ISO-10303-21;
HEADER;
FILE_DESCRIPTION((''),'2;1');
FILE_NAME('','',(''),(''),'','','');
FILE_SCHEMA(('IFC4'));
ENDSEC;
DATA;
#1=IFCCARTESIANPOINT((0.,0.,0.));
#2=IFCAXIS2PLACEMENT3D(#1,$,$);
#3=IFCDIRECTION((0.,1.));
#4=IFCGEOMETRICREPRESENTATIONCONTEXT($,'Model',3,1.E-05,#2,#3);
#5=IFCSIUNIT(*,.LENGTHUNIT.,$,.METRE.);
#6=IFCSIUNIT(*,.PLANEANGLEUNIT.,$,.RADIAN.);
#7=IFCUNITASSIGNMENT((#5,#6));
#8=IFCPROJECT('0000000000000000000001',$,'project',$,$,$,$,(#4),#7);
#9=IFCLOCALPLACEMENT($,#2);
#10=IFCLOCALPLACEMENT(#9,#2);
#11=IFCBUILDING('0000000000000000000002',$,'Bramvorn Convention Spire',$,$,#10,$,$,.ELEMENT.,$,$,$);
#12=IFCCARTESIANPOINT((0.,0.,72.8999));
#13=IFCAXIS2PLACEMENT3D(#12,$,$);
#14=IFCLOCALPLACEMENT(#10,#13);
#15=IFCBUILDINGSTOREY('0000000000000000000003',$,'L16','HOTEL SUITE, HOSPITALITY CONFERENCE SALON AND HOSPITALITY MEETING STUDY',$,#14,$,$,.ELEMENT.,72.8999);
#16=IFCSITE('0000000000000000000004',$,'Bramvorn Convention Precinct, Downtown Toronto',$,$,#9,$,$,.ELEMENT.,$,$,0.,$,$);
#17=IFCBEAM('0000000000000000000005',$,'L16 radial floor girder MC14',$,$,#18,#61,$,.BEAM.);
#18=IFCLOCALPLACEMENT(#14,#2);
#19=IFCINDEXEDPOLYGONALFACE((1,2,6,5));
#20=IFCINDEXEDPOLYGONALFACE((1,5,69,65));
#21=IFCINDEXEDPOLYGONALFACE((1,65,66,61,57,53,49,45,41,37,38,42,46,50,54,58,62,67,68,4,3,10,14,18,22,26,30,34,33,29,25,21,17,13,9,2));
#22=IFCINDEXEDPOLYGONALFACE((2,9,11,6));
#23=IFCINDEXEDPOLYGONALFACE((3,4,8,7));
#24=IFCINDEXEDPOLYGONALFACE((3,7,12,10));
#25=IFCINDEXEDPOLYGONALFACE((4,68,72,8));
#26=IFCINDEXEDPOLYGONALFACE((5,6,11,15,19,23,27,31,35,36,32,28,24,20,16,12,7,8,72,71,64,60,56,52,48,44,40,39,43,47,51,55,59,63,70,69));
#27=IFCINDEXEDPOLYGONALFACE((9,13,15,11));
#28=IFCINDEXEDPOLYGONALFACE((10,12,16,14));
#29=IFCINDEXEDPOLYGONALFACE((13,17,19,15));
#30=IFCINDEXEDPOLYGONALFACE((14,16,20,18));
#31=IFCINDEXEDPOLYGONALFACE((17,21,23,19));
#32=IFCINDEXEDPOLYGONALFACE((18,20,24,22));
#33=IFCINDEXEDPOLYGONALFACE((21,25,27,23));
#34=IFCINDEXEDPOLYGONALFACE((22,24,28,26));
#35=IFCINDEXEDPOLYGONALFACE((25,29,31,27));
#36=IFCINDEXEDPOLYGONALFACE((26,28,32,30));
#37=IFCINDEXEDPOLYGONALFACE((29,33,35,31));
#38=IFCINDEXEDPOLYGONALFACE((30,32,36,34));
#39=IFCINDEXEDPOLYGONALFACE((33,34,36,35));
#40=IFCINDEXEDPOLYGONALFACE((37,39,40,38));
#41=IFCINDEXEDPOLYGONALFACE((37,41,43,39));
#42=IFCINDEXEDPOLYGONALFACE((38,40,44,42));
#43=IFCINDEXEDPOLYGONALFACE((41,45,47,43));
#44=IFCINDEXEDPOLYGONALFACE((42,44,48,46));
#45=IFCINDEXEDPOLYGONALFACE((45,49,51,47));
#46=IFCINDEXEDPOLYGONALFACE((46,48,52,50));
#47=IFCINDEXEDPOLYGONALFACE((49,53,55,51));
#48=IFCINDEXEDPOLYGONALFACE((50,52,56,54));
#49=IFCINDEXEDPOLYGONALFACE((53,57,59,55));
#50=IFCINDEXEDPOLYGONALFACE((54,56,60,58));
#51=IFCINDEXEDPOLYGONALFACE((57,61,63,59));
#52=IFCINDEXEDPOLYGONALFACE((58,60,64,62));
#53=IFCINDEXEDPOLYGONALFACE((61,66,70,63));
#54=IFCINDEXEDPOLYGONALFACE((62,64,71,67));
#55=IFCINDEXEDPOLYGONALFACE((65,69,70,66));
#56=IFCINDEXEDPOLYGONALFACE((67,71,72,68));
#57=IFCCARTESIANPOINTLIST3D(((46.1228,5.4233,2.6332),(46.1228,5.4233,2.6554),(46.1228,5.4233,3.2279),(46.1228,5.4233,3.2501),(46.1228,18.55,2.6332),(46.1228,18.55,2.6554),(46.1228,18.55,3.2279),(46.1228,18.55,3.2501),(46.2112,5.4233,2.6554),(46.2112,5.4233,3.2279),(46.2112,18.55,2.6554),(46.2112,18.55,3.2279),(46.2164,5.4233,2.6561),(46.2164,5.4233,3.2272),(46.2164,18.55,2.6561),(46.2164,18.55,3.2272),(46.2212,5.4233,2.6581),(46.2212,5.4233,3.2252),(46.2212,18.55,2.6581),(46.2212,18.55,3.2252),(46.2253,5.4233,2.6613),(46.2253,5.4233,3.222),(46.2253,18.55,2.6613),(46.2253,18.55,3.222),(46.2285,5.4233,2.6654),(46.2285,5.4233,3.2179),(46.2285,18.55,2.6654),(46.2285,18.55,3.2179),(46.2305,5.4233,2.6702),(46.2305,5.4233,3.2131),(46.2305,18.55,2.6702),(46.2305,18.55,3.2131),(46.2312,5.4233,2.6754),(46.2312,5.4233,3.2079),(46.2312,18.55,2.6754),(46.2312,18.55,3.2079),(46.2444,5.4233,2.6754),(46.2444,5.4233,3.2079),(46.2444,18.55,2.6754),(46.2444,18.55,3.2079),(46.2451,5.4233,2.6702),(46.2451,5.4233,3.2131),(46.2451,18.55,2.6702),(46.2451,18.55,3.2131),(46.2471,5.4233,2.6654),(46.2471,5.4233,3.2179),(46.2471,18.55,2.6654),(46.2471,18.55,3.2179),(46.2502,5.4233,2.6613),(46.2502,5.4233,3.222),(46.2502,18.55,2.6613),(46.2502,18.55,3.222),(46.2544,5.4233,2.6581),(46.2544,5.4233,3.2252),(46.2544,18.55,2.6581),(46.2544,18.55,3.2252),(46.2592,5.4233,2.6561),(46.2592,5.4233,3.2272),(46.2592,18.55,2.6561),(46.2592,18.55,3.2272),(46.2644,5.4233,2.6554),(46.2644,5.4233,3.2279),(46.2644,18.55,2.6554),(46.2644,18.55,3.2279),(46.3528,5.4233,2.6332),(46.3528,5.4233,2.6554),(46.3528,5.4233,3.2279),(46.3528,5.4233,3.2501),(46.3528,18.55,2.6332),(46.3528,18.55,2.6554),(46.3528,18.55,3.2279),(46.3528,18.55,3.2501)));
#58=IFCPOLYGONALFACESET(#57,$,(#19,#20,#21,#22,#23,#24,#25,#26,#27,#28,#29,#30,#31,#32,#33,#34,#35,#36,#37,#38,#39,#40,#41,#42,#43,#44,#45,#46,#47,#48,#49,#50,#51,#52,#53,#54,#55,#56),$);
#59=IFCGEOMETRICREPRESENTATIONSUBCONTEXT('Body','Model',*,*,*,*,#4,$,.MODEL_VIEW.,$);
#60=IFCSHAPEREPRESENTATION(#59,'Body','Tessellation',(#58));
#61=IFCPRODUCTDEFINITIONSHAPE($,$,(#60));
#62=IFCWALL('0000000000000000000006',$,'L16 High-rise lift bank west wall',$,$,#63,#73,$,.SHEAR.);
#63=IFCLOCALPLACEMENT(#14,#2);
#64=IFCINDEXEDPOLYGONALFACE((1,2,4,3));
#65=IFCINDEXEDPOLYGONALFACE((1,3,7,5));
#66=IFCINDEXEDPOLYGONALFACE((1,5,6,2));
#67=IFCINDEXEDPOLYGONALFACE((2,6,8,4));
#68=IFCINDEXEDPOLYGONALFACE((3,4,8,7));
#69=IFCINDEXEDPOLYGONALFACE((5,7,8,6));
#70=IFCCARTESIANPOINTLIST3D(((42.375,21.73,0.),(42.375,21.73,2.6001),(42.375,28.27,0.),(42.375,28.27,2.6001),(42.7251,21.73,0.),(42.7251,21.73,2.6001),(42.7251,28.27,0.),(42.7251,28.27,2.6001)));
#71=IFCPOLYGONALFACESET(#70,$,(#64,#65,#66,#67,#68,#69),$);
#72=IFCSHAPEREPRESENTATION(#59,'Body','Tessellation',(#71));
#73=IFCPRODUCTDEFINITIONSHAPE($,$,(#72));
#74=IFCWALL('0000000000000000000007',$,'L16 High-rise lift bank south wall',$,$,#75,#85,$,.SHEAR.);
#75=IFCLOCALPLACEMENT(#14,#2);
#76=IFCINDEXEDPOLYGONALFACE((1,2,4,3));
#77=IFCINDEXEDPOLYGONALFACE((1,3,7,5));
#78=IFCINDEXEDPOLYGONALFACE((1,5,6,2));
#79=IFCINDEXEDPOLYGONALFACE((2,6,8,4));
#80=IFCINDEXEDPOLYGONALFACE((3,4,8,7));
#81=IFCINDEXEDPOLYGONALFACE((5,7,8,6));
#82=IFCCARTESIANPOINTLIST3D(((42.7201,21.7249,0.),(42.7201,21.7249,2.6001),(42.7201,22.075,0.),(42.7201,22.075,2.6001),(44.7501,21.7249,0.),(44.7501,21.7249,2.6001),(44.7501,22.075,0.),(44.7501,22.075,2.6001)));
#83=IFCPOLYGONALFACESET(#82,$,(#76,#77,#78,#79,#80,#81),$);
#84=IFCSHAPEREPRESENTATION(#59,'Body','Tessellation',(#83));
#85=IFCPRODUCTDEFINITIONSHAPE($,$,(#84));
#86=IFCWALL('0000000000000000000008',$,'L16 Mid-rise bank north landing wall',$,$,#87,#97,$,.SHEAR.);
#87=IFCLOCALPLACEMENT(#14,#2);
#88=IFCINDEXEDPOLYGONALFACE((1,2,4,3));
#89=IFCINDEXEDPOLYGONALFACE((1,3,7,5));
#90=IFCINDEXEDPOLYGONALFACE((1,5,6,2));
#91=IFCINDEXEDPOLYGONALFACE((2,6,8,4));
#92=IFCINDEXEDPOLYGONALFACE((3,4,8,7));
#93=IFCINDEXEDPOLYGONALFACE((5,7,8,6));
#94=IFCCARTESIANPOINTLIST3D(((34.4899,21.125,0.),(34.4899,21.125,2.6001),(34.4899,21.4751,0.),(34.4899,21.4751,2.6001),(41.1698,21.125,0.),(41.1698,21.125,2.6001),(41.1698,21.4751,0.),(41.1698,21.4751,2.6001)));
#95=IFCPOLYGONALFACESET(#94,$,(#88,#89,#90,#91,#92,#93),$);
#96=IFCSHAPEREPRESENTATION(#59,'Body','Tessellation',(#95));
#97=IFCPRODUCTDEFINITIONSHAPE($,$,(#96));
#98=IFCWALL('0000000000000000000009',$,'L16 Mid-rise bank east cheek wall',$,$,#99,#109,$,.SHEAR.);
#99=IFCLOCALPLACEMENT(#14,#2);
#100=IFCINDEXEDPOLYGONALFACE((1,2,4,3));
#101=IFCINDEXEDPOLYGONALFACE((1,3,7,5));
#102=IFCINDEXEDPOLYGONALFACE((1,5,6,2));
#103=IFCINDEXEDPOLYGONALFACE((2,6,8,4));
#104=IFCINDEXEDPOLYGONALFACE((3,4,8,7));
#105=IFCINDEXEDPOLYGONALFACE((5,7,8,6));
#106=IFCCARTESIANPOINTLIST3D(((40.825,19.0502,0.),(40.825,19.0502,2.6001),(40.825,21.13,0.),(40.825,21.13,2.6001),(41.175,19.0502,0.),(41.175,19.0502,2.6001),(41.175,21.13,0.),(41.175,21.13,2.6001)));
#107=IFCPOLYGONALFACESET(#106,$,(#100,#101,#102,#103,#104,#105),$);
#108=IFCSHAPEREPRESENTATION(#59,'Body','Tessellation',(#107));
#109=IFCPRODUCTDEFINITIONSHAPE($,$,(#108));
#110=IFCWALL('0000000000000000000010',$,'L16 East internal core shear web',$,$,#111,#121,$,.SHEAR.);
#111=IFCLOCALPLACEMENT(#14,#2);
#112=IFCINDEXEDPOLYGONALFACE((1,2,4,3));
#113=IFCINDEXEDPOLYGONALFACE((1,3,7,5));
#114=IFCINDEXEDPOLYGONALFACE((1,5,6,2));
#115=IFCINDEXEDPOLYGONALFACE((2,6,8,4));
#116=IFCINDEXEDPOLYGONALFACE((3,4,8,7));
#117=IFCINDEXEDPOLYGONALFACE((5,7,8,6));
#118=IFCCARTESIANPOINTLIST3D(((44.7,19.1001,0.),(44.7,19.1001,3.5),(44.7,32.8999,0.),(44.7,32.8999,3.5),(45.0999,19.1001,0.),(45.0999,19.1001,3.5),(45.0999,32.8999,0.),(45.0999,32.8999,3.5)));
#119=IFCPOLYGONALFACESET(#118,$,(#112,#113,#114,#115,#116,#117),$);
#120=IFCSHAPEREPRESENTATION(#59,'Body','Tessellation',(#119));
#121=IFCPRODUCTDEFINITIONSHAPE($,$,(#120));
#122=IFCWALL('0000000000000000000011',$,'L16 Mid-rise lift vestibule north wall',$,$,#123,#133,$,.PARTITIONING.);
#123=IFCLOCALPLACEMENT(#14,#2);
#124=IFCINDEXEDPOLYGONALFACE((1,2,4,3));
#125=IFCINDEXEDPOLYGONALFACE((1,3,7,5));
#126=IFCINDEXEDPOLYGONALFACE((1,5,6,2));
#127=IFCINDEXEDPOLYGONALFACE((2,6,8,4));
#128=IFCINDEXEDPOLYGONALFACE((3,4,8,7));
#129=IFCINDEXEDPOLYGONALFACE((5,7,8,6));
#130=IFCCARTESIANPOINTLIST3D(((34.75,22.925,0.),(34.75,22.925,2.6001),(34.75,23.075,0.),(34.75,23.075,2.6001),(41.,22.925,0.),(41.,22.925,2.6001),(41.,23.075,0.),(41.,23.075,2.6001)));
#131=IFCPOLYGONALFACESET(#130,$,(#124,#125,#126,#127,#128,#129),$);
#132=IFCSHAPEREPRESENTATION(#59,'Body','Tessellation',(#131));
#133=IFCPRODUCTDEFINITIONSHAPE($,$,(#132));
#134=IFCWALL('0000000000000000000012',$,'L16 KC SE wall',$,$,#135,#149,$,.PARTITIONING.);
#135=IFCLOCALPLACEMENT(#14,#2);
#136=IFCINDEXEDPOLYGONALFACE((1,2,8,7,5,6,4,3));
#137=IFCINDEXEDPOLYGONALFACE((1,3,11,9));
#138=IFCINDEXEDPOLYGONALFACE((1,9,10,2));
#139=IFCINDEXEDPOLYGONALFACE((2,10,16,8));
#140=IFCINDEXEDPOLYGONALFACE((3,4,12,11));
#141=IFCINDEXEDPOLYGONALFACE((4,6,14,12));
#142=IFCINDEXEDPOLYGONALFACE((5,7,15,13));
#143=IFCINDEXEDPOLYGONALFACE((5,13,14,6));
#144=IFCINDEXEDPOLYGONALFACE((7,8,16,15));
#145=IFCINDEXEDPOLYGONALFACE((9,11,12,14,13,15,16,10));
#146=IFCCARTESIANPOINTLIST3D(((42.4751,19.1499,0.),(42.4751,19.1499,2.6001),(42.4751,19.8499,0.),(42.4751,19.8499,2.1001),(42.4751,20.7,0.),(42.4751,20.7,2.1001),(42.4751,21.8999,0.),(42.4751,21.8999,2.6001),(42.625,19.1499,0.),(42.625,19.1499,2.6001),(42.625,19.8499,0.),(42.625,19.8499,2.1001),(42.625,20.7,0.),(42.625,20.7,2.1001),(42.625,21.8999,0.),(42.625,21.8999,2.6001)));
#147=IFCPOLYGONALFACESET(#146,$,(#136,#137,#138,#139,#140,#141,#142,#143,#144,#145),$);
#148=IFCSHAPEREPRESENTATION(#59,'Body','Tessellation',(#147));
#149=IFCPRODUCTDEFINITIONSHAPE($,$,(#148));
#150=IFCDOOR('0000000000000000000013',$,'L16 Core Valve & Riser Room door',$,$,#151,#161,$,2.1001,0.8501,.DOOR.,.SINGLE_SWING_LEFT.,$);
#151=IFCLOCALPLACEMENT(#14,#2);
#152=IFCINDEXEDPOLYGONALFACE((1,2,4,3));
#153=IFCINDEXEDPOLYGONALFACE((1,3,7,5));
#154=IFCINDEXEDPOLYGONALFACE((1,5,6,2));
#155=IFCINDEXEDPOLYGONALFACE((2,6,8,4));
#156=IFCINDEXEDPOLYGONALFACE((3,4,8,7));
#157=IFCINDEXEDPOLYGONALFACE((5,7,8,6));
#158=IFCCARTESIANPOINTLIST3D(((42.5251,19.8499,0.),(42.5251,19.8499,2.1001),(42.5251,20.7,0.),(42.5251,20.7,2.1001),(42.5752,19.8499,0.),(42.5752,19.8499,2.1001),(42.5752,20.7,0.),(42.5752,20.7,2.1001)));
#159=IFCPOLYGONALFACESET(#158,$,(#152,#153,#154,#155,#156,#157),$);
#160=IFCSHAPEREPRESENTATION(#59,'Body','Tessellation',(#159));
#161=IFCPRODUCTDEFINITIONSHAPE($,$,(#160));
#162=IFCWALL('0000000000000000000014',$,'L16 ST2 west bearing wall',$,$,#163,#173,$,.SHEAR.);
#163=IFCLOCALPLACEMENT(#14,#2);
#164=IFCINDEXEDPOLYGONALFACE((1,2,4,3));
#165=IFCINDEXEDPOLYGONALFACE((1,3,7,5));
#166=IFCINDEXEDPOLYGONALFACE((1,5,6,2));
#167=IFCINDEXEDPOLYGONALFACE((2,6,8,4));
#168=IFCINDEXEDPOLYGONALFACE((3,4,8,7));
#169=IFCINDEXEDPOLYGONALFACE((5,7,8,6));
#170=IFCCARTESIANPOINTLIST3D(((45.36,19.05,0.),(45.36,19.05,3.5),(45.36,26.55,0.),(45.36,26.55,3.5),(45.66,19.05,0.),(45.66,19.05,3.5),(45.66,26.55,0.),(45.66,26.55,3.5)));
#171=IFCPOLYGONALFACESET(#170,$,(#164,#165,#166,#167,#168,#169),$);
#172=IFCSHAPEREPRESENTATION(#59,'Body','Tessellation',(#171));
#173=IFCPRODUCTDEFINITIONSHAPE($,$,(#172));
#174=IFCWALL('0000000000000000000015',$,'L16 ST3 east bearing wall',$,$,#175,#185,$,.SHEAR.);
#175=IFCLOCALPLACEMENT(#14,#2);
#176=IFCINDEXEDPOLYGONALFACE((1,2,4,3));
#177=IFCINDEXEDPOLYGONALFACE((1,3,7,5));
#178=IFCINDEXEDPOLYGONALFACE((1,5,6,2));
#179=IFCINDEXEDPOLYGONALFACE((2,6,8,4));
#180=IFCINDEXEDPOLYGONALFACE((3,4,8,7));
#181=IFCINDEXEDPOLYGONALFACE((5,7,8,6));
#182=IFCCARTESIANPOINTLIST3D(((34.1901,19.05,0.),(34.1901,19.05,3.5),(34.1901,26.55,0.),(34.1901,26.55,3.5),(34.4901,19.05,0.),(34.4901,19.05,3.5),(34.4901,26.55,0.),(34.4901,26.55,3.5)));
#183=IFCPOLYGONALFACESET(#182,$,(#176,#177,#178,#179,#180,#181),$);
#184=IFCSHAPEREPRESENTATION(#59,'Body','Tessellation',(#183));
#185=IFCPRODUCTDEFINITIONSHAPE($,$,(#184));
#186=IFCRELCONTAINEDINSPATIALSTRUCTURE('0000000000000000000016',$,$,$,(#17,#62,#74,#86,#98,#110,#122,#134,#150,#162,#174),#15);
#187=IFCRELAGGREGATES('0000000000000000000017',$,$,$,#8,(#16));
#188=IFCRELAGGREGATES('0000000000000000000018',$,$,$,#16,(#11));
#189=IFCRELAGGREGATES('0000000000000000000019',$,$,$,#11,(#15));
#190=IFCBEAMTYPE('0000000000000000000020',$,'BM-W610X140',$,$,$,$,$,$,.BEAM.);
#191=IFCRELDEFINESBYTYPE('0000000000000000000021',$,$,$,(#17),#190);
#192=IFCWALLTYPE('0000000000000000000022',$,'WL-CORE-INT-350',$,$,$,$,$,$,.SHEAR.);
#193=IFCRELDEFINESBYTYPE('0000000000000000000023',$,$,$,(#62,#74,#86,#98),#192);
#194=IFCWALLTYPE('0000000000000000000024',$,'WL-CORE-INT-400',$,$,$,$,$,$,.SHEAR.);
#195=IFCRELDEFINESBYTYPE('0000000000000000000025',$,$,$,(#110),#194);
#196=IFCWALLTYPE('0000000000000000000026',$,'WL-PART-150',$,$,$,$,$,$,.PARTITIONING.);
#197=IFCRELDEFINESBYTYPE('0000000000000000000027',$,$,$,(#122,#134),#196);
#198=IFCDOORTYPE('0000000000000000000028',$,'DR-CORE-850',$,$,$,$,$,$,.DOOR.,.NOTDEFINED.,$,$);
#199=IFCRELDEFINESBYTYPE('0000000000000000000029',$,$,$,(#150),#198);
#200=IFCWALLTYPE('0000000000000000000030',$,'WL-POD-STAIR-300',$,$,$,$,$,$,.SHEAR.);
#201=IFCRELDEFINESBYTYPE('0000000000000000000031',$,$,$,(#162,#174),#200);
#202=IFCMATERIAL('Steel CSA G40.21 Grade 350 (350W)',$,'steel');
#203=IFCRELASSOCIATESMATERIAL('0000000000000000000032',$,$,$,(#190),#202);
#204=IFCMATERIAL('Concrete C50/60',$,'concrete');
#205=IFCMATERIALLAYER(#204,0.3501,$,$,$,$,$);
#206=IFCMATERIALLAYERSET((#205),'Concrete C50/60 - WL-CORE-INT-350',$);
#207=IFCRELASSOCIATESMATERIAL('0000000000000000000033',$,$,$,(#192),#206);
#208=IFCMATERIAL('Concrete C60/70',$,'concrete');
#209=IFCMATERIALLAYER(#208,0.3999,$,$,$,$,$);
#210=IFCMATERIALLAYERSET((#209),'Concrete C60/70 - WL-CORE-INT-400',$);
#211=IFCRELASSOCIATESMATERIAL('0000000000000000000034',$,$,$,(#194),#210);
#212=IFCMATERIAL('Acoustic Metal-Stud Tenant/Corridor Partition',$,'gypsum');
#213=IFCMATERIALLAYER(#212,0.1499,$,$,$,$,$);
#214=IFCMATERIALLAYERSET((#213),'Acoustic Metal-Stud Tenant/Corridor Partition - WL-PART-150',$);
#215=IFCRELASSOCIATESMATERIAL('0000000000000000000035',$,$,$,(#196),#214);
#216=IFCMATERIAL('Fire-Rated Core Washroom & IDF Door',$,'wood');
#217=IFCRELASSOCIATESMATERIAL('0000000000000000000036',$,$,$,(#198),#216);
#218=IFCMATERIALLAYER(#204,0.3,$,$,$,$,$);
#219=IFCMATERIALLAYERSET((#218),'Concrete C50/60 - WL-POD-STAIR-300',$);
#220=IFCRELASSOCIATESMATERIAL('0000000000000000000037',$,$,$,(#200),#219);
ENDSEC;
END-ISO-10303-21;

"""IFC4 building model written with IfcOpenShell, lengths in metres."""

from ifc_helpers import new_model, si_unit, direction, frame, frame_2d, origin, origin_2d, place, context, subcontext, project, spatial, rectangle, i_section, extrude, material, layer, layer_set, material_profile, profile_set, type_object, element, fill, save


model = new_model("IFC4")

# Units and contexts
model_context = context("Model", 3, precision=1e-05, world=origin(), true_north=direction((0.0, 1.0)))
body_context = subcontext(model_context, "Body", "Model", "MODEL_VIEW")
ifc_project = project(units=[si_unit("LENGTHUNIT", "METRE"), si_unit("PLANEANGLEUNIT", "RADIAN")], contexts=[model_context])

# Site, building, storey
site_placement = place(None, origin())
site = spatial("IfcSite", under=ifc_project, at=site_placement, Name="Bramvorn Convention Precinct, Downtown Toronto", CompositionType="ELEMENT", RefElevation=0.0)
building_placement = place(site_placement, origin())
building = spatial("IfcBuilding", under=site, at=building_placement, Name="Bramvorn Convention Spire", CompositionType="ELEMENT")
storey_placement = place(building_placement, frame((0.0, 0.0, 72.8999)))
storey = spatial("IfcBuildingStorey", under=building, at=storey_placement, Name="L16", Description="HOTEL SUITE, HOSPITALITY CONFERENCE SALON AND HOSPITALITY MEETING STUDY", CompositionType="ELEMENT", Elevation=72.8999)

# Beam
ifc_material_1 = material(Name="Steel CSA G40.21 Grade 350 (350W)", Category="steel")
ifc_material_profile = material_profile(ifc_material_1, i_section(OverallWidth=0.23, OverallDepth=0.6169, WebThickness=0.0132, FlangeThickness=0.0222, FilletRadius=0.02, at=origin_2d()))
ifc_profile_set = profile_set([ifc_material_profile], Name="Steel CSA G40.21 Grade 350 (350W) - W610X140")
beam_type = type_object("IfcBeamType", Name="BM-W610X140", PredefinedType="BEAM", material=ifc_profile_set)
beam_placement = place(storey_placement, frame((46.2378, 18.55, 2.9417), z_axis=(0.0, -1.0, 0.0), x_axis=(1.0, 0.0, 0.0)))
element("IfcBeam", 1, at=beam_placement, inside=storey, type_object=beam_type, Name="L16 radial floor girder MC14", PredefinedType="BEAM", context=body_context, shape_type="SweptSolid", body=[
    extrude(i_section(OverallWidth=0.23, OverallDepth=0.6169, WebThickness=0.0132, FlangeThickness=0.0222, FilletRadius=0.02, at=origin_2d()), origin(), (0.0, 0.0, 1.0), 13.1267),
])

# Walls
ifc_material_2 = material(Name="Concrete C50/60", Category="concrete")
ifc_layer_1 = layer(ifc_material_2, 0.3501)
ifc_layer_set_1 = layer_set([ifc_layer_1], Name="Concrete C50/60 - WL-CORE-INT-350")
wall_type_1 = type_object("IfcWallType", Name="WL-CORE-INT-350", PredefinedType="SHEAR", material=ifc_layer_set_1)
wall_1_placement = place(storey_placement, frame((42.55, 21.73, 0.0), z_axis=(0.0, 0.0, 1.0), x_axis=(0.0, 1.0, 0.0)))
element("IfcWall", 2, at=wall_1_placement, inside=storey, type_object=wall_type_1, Name="L16 High-rise lift bank west wall", PredefinedType="SHEAR", context=body_context, shape_type="SweptSolid", body=[
    extrude(rectangle(XDim=6.54, YDim=0.3501, at=frame_2d((3.27, 0.0))), origin(), (0.0, 0.0, 1.0), 2.6001),
])
wall_2_placement = place(storey_placement, frame((42.72, 21.8999, 0.0), z_axis=(0.0, 0.0, 1.0), x_axis=(1.0, 0.0, 0.0)))
element("IfcWall", 3, at=wall_2_placement, inside=storey, type_object=wall_type_1, Name="L16 High-rise lift bank south wall", PredefinedType="SHEAR", context=body_context, shape_type="SweptSolid", body=[
    extrude(rectangle(XDim=2.03, YDim=0.3501, at=frame_2d((1.0151, 0.0))), origin(), (0.0, 0.0, 1.0), 2.6001),
])
wall_3_placement = place(storey_placement, frame((34.49, 21.3, 0.0), z_axis=(0.0, 0.0, 1.0), x_axis=(1.0, 0.0, 0.0)))
element("IfcWall", 4, at=wall_3_placement, inside=storey, type_object=wall_type_1, Name="L16 Mid-rise bank north landing wall", PredefinedType="SHEAR", context=body_context, shape_type="SweptSolid", body=[
    extrude(rectangle(XDim=6.6799, YDim=0.3501, at=frame_2d((3.3398, 0.0))), origin(), (0.0, 0.0, 1.0), 2.6001),
])
wall_4_placement = place(storey_placement, frame((41.0, 19.05, 0.0), z_axis=(0.0, 0.0, 1.0), x_axis=(0.0, 1.0, 0.0)))
element("IfcWall", 5, at=wall_4_placement, inside=storey, type_object=wall_type_1, Name="L16 Mid-rise bank east cheek wall", PredefinedType="SHEAR", context=body_context, shape_type="SweptSolid", body=[
    extrude(rectangle(XDim=2.0798, YDim=0.3501, at=frame_2d((1.04, 0.0))), origin(), (0.0, 0.0, 1.0), 2.6001),
])
ifc_material_3 = material(Name="Concrete C60/70", Category="concrete")
ifc_layer_2 = layer(ifc_material_3, 0.3999)
ifc_layer_set_2 = layer_set([ifc_layer_2], Name="Concrete C60/70 - WL-CORE-INT-400")
wall_type_2 = type_object("IfcWallType", Name="WL-CORE-INT-400", PredefinedType="SHEAR", material=ifc_layer_set_2)
wall_5_placement = place(storey_placement, frame((44.8999, 19.1001, 0.0), z_axis=(0.0, 0.0, 1.0), x_axis=(0.0, 1.0, 0.0)))
element("IfcWall", 6, at=wall_5_placement, inside=storey, type_object=wall_type_2, Name="L16 East internal core shear web", PredefinedType="SHEAR", context=body_context, shape_type="SweptSolid", body=[
    extrude(rectangle(XDim=13.7998, YDim=0.3999, at=frame_2d((6.8999, 0.0))), origin(), (0.0, 0.0, 1.0), 3.5),
])
ifc_material_4 = material(Name="Acoustic Metal-Stud Tenant/Corridor Partition", Category="gypsum")
ifc_layer_3 = layer(ifc_material_4, 0.1499)
ifc_layer_set_3 = layer_set([ifc_layer_3], Name="Acoustic Metal-Stud Tenant/Corridor Partition - WL-PART-150")
wall_type_3 = type_object("IfcWallType", Name="WL-PART-150", PredefinedType="PARTITIONING", material=ifc_layer_set_3)
wall_6_placement = place(storey_placement, frame((34.75, 23.0, 0.0), z_axis=(0.0, 0.0, 1.0), x_axis=(1.0, 0.0, 0.0)))
element("IfcWall", 7, at=wall_6_placement, inside=storey, type_object=wall_type_3, Name="L16 Mid-rise lift vestibule north wall", PredefinedType="PARTITIONING", context=body_context, shape_type="SweptSolid", body=[
    extrude(rectangle(XDim=6.25, YDim=0.1499, at=frame_2d((3.125, 0.0))), origin(), (0.0, 0.0, 1.0), 2.6001),
])

# Wall, opening, door
wall_7_placement = place(storey_placement, frame((42.55, 19.1499, 0.0), z_axis=(0.0, 0.0, 1.0), x_axis=(0.0, 1.0, 0.0)))
wall_7 = element("IfcWall", 8, at=wall_7_placement, inside=storey, type_object=wall_type_3, Name="L16 KC SE wall", PredefinedType="PARTITIONING", context=body_context, shape_type="SweptSolid", body=[
    extrude(rectangle(XDim=2.75, YDim=0.1499, at=frame_2d((1.375, 0.0))), origin(), (0.0, 0.0, 1.0), 2.6001),
])
opening_placement = place(wall_7_placement, frame((0.7, 0.0, 0.0)))
opening = element("IfcOpeningElement", 9, at=opening_placement, cuts=wall_7, PredefinedType="OPENING", context=body_context, shape_type="SweptSolid", body=[
    extrude(rectangle(XDim=0.8501, YDim=2.1001, at=frame_2d((0.425, 1.05))), frame((0.0, 0.085, 0.0), z_axis=(0.0, -1.0, 0.0), x_axis=(1.0, 0.0, 0.0)), (0.0, 0.0, 1.0), 0.1699),
])
ifc_material_5 = material(Name="Fire-Rated Core Washroom & IDF Door", Category="wood")
door_type = type_object("IfcDoorType", Name="DR-CORE-850", OperationType="NOTDEFINED", PredefinedType="DOOR", material=ifc_material_5)
door_placement = place(opening_placement, origin())
door = element("IfcDoor", 10, at=door_placement, inside=storey, type_object=door_type, Name="L16 Core Valve & Riser Room door", OperationType="SINGLE_SWING_LEFT", OverallHeight=2.1001, OverallWidth=0.8501, PredefinedType="DOOR", context=body_context, shape_type="SweptSolid", body=[
    extrude(rectangle(XDim=0.8501, YDim=2.1001, at=frame_2d((0.425, 1.05))), frame((0.0, 0.0249, 0.0), z_axis=(0.0, -1.0, 0.0), x_axis=(1.0, 0.0, 0.0)), (0.0, 0.0, 1.0), 0.05),
])
fill(opening, door)

# Walls
ifc_layer_4 = layer(ifc_material_2, 0.3)
ifc_layer_set_4 = layer_set([ifc_layer_4], Name="Concrete C50/60 - WL-POD-STAIR-300")
wall_type_4 = type_object("IfcWallType", Name="WL-POD-STAIR-300", PredefinedType="SHEAR", material=ifc_layer_set_4)
for number, where, z_axis, x_axis, name in (
    (11, (45.51, 19.05, 0.0), (0.0, 0.0, 1.0), (0.0, 1.0, 0.0), "L16 ST2 west bearing wall"),
    (12, (34.3401, 19.05, 0.0), (0.0, 0.0, 1.0), (0.0, 1.0, 0.0), "L16 ST3 east bearing wall"),
):
    element("IfcWall", number, at=place(storey_placement, frame(where, z_axis=z_axis, x_axis=x_axis)), inside=storey, type_object=wall_type_4, Name=name, PredefinedType="SHEAR", context=body_context, shape_type="SweptSolid", body=[
        extrude(rectangle(XDim=7.5, YDim=0.3, at=frame_2d((3.75, 0.0))), origin(), (0.0, 0.0, 1.0), 3.5),
    ])

save(model, "model.ifc")
